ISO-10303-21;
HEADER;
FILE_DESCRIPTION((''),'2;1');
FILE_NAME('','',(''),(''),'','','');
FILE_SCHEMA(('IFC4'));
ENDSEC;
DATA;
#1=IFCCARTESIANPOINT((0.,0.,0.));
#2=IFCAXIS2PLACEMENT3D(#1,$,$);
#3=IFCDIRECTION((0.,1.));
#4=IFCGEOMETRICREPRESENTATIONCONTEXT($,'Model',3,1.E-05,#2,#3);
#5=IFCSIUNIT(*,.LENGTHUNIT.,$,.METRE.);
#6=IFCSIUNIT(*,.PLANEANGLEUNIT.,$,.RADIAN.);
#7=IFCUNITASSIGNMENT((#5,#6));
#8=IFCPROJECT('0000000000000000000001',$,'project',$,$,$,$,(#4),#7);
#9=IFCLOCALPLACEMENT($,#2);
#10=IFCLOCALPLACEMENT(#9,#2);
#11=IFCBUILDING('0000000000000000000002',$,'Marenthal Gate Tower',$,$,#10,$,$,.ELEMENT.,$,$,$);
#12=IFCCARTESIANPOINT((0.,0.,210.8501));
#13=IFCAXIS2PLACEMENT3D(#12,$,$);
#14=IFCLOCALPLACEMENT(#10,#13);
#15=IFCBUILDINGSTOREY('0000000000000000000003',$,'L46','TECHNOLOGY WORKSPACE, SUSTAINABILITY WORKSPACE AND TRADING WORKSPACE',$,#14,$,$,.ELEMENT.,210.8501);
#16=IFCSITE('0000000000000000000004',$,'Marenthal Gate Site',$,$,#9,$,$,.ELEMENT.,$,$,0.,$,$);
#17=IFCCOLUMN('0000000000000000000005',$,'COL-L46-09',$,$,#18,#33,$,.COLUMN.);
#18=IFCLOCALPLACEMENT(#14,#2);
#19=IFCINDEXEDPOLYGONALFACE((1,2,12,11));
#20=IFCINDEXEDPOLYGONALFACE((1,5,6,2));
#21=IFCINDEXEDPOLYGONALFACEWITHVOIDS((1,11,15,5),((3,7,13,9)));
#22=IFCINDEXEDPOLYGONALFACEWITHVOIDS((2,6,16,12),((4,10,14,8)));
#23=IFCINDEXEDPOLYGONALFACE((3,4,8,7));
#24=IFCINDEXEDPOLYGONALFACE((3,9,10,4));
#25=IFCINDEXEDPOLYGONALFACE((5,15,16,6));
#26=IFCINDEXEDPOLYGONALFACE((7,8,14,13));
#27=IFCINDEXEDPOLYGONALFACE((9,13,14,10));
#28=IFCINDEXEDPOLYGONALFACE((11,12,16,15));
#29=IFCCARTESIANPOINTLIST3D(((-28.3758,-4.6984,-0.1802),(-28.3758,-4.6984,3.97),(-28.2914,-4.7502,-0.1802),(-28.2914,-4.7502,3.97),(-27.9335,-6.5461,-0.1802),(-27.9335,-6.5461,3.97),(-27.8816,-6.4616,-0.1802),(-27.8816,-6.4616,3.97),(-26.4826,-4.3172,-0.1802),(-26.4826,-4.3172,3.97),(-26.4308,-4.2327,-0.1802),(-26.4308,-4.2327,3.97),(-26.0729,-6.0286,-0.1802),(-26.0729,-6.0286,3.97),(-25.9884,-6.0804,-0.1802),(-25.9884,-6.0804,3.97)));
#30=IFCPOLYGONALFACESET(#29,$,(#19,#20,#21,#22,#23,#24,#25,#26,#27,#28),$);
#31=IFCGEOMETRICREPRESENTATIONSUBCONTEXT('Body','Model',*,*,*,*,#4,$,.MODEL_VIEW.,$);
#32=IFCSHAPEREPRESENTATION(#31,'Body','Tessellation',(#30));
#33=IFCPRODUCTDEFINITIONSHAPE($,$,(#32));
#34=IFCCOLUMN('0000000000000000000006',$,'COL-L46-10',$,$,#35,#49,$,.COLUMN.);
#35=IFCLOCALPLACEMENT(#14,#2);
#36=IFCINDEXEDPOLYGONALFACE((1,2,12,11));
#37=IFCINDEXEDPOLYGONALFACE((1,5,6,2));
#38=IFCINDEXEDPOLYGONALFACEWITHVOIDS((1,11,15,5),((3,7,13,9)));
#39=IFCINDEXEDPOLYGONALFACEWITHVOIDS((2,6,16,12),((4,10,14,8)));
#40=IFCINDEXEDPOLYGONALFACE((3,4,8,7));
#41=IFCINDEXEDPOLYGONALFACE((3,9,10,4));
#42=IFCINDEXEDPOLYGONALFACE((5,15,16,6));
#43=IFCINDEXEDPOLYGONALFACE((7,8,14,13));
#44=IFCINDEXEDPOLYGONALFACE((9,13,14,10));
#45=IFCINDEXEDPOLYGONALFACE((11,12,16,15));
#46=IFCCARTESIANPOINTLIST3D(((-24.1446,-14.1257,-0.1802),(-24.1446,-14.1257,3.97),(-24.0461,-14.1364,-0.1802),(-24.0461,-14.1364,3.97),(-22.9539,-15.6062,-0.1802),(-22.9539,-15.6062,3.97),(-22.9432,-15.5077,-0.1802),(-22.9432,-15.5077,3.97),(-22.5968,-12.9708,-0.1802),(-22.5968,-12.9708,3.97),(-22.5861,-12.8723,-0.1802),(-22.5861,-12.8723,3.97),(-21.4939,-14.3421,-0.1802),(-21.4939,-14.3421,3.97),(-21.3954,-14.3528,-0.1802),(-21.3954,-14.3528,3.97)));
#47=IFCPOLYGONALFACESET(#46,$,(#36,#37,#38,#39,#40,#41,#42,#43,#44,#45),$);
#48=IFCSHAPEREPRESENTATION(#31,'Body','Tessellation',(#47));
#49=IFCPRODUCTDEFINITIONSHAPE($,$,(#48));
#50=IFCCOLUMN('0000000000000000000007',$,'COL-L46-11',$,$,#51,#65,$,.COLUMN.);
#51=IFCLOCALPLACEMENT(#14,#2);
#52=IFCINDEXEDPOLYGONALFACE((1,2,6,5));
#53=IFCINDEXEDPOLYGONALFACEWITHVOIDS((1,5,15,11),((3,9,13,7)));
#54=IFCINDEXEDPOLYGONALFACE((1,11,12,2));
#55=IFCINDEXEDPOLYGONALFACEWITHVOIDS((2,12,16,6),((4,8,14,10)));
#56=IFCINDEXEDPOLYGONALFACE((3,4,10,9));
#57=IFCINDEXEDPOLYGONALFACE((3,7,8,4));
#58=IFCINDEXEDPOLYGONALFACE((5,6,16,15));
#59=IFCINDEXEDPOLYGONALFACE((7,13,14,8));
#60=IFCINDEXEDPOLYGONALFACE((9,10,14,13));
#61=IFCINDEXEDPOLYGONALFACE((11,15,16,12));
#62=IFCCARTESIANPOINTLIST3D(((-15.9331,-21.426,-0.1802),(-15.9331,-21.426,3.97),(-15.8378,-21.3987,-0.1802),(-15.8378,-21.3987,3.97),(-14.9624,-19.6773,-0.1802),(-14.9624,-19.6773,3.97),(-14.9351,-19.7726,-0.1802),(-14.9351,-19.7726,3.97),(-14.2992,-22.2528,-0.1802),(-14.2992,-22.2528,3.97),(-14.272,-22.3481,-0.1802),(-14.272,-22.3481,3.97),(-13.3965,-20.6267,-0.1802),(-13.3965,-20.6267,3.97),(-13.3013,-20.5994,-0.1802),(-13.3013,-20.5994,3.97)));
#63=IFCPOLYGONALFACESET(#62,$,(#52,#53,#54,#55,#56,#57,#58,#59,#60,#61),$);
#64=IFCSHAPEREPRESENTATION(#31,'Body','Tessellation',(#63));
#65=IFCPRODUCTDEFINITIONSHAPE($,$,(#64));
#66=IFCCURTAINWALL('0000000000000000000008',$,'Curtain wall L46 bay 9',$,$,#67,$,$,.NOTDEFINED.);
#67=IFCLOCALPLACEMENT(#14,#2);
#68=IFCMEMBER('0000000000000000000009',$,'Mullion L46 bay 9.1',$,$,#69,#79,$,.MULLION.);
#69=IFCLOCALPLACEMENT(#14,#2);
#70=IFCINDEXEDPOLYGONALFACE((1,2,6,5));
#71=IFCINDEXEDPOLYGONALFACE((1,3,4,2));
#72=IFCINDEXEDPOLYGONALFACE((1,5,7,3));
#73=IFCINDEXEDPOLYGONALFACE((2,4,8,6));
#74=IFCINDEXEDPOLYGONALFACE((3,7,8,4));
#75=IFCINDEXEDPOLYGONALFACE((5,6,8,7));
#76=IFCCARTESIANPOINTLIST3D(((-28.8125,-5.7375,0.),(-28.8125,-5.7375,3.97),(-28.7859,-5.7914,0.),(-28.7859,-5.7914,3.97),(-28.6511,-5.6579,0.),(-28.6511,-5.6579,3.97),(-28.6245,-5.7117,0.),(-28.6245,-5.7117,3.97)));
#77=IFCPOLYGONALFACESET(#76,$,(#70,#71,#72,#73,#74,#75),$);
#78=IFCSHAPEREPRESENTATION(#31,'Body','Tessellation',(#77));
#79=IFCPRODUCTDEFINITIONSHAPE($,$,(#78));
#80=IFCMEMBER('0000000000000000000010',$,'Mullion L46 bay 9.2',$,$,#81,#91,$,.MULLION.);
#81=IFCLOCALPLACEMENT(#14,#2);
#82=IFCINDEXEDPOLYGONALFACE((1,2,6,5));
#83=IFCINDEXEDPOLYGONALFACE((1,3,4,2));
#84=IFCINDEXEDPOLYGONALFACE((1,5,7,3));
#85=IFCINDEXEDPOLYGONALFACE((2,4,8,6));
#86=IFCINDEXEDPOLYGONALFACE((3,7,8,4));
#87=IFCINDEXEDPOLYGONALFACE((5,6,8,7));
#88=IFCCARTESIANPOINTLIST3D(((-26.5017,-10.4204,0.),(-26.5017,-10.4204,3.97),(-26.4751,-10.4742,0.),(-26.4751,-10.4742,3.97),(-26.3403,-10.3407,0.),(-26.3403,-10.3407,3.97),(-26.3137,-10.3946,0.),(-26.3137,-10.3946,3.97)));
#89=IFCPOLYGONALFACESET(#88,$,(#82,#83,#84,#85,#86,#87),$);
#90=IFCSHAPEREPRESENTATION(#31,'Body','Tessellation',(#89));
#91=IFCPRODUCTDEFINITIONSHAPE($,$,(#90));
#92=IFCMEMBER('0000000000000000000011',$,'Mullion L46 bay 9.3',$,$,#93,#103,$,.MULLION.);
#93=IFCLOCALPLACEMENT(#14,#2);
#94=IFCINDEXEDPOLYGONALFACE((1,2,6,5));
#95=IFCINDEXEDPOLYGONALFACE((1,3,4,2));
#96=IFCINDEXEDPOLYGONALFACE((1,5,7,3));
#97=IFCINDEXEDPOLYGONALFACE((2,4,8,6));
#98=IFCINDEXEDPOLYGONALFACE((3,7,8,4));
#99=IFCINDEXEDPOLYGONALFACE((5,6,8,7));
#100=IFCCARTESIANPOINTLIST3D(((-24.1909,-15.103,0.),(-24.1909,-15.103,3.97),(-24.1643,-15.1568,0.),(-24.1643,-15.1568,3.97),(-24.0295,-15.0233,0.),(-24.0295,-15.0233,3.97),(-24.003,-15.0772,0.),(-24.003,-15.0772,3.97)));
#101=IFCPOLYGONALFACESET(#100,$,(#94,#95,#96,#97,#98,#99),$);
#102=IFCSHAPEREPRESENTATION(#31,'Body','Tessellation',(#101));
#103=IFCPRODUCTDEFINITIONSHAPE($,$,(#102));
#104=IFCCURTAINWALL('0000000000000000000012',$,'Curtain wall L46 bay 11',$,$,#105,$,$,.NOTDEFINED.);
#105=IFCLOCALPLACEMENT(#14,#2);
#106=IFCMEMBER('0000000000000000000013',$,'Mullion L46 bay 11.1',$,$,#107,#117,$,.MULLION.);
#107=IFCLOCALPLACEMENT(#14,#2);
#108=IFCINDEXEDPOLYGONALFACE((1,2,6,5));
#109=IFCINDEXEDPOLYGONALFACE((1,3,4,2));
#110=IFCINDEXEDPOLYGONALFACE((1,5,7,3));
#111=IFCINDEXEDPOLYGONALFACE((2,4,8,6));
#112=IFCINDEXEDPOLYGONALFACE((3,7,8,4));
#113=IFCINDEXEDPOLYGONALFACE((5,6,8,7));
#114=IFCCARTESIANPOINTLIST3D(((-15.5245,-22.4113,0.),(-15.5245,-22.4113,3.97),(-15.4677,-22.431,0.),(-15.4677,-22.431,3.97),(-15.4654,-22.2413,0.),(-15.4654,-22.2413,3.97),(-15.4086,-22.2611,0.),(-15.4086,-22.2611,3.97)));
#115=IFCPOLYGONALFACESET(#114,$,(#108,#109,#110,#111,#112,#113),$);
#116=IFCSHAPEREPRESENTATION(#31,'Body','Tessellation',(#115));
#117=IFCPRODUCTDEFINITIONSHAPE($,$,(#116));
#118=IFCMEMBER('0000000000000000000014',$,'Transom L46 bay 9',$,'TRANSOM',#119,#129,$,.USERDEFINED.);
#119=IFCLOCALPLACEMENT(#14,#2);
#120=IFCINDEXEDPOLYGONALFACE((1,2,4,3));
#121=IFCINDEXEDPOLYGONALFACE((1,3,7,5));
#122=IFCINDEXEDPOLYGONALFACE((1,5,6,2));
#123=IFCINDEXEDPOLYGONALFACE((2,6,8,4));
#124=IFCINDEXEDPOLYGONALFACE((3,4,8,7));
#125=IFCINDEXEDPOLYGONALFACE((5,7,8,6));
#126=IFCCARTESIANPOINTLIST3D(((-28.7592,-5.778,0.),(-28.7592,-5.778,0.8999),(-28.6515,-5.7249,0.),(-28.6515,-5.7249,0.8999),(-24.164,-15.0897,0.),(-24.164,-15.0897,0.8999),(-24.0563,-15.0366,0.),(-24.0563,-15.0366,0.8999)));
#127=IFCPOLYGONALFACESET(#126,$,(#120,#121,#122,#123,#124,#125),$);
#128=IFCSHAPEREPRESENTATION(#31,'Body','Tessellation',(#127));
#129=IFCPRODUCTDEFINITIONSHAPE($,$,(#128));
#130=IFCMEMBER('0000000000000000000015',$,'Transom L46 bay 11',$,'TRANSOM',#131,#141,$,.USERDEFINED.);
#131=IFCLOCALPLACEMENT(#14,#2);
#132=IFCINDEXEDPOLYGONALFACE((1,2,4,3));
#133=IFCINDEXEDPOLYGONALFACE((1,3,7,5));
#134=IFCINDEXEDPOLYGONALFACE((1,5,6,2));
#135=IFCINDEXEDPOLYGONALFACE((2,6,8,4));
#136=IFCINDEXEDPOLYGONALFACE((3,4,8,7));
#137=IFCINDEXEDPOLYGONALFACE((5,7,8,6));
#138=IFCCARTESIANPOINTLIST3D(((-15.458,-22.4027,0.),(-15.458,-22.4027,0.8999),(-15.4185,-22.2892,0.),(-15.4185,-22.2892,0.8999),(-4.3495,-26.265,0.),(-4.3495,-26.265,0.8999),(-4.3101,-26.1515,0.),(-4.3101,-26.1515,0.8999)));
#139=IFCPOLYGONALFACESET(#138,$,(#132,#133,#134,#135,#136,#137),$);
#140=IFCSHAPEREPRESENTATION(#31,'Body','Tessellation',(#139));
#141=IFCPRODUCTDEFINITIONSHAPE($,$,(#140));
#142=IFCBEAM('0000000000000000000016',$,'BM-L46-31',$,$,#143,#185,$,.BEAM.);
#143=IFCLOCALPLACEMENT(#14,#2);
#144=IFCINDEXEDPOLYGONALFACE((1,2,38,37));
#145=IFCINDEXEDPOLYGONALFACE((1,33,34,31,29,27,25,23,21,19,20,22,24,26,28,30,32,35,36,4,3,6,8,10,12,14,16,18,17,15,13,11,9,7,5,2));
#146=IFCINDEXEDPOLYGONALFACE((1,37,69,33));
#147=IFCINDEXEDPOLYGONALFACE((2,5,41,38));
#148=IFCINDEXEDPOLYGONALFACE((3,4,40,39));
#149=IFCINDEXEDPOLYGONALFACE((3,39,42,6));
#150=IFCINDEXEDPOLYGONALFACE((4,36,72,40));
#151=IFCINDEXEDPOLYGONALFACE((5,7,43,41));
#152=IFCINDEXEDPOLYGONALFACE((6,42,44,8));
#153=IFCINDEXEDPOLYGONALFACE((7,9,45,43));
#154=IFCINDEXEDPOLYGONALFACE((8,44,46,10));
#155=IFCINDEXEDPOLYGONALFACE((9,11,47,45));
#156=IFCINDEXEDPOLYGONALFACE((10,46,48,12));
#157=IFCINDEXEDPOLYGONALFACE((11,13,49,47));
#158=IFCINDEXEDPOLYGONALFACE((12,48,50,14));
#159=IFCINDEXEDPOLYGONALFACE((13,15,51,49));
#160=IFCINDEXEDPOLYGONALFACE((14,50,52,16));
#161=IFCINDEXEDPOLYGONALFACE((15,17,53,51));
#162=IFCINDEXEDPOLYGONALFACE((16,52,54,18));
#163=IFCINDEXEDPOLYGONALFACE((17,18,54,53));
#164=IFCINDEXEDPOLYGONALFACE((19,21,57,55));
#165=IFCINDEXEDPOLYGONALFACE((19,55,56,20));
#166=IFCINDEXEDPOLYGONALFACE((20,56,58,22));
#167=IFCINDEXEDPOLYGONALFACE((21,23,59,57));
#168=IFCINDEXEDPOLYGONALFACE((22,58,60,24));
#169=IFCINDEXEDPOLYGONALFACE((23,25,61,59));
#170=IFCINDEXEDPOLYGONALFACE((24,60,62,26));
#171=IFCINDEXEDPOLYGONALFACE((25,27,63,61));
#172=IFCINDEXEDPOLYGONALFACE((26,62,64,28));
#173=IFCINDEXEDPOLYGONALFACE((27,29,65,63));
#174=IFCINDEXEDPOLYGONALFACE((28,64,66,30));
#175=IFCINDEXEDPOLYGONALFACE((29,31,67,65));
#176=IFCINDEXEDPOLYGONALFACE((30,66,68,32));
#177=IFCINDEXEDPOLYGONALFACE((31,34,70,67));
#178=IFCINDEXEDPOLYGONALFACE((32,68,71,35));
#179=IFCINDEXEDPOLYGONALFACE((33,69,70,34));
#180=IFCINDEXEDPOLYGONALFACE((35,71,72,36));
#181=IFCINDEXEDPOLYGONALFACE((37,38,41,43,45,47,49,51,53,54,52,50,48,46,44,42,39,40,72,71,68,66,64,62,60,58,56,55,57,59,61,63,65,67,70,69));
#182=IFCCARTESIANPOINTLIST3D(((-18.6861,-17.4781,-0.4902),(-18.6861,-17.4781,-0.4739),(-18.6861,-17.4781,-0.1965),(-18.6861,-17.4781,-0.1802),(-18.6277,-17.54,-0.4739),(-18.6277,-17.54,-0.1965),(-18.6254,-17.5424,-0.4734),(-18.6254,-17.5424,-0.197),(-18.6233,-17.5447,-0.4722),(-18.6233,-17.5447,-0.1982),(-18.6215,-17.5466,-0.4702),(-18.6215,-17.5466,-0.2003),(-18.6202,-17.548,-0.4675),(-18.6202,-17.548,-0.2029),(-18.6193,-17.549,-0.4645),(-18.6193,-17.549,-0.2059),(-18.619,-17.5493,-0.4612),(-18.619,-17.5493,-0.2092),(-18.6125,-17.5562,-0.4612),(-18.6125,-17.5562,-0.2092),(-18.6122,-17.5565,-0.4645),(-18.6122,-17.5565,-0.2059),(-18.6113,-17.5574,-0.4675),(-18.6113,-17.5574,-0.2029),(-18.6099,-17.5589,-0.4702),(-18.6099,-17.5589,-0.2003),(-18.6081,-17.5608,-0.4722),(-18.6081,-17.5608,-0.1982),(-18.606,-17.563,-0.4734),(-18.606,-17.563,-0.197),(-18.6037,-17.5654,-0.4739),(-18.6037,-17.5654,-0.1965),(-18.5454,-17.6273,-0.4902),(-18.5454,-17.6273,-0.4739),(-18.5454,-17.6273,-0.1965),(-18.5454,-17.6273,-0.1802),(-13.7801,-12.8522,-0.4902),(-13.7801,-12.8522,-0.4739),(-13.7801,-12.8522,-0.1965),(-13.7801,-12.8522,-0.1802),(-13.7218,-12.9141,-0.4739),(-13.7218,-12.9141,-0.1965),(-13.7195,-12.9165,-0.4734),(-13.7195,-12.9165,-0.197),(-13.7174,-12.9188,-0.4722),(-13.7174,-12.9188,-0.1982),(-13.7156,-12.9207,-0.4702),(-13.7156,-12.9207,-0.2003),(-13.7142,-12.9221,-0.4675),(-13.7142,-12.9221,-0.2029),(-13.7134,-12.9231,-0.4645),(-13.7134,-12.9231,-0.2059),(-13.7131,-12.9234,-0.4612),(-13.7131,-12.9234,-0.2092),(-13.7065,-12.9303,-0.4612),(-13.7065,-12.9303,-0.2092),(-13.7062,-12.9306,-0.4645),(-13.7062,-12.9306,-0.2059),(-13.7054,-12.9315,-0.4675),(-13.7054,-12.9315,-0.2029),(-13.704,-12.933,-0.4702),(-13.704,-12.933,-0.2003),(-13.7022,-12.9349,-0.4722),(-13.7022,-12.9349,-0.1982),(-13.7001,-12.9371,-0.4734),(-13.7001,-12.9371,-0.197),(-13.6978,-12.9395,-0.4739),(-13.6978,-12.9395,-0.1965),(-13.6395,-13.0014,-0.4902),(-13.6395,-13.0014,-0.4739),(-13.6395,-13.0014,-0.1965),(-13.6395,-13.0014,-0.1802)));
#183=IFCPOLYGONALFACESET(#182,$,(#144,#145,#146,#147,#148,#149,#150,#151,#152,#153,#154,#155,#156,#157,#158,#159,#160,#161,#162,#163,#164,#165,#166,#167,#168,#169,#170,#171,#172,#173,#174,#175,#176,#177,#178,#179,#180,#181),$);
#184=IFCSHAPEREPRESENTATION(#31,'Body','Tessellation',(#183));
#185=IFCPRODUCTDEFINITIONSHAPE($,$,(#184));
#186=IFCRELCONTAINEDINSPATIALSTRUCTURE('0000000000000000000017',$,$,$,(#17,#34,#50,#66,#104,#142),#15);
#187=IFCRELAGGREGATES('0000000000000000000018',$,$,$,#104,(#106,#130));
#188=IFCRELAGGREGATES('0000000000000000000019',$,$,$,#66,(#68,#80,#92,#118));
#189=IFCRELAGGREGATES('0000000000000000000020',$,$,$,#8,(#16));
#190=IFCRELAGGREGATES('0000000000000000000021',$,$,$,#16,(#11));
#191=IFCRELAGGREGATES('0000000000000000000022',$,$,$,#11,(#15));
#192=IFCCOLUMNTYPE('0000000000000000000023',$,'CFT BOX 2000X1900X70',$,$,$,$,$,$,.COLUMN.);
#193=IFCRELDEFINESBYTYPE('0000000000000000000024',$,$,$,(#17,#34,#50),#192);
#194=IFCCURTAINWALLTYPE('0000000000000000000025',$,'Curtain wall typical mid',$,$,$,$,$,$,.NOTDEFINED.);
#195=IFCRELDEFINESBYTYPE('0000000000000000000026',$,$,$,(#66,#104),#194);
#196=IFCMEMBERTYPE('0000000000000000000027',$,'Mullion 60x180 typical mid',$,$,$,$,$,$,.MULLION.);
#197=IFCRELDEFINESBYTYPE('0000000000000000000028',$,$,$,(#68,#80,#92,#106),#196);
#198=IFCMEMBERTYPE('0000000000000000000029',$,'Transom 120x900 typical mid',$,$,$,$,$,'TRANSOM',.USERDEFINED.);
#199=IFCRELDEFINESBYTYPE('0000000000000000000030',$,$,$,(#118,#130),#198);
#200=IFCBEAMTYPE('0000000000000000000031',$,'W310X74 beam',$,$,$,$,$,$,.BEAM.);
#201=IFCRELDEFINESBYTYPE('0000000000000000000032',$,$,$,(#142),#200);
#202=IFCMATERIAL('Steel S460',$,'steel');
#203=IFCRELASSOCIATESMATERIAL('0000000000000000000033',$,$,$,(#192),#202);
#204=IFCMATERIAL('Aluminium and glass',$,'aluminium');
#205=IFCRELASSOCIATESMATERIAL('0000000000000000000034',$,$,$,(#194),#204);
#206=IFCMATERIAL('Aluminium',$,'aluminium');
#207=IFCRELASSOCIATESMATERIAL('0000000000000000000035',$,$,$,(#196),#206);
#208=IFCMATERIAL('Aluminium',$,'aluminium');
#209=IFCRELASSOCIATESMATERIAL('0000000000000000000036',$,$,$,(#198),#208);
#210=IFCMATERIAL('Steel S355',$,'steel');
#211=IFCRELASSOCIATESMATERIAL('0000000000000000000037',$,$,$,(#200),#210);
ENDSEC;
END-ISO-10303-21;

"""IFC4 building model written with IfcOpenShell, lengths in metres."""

from ifc_helpers import new_model, si_unit, direction, frame, origin, origin_2d, place, context, subcontext, project, spatial, rectangle, hollow_rectangle, i_section, extrude, material, material_profile, profile_set, type_object, element, aggregate, save


model = new_model("IFC4")

# Units and contexts
model_context = context("Model", 3, precision=1e-05, world=origin(), true_north=direction((0.0, 1.0)))
body_context = subcontext(model_context, "Body", "Model", "MODEL_VIEW")
ifc_project = project(units=[si_unit("LENGTHUNIT", "METRE"), si_unit("PLANEANGLEUNIT", "RADIAN")], contexts=[model_context])

# Site, building, storey
site_placement = place(None, origin())
site = spatial("IfcSite", under=ifc_project, at=site_placement, Name="Marenthal Gate Site", CompositionType="ELEMENT", RefElevation=0.0)
building_placement = place(site_placement, origin())
building = spatial("IfcBuilding", under=site, at=building_placement, Name="Marenthal Gate Tower", CompositionType="ELEMENT")
storey_placement = place(building_placement, frame((0.0, 0.0, 210.8501)))
storey = spatial("IfcBuildingStorey", under=building, at=storey_placement, Name="L46", Description="TECHNOLOGY WORKSPACE, SUSTAINABILITY WORKSPACE AND TRADING WORKSPACE", CompositionType="ELEMENT", Elevation=210.8501)

# Columns
ifc_material_1 = material(Name="Steel S460", Category="steel")
ifc_material_profile_1 = material_profile(ifc_material_1, hollow_rectangle(XDim=1.8999, YDim=2.0, WallThickness=0.0701, at=origin_2d()), Name="CFT BOX 2000X1900X70")
ifc_material_2 = material(Name="Concrete 70 MPa", Category="concrete")
ifc_material_profile_2 = material_profile(ifc_material_2, rectangle(XDim=1.76, YDim=1.8601, at=origin_2d()), Name="CFT BOX 2000X1900X70 INFILL")
ifc_profile_set_1 = profile_set([ifc_material_profile_1, ifc_material_profile_2], Name="Steel S460 shell, Concrete 70 MPa infill")
column_type = type_object("IfcColumnType", Name="CFT BOX 2000X1900X70", PredefinedType="COLUMN", material=ifc_profile_set_1)
for number, where, z_axis, x_axis, name in (
    (1, (-27.1821, -5.3894, -0.1802), (0.0, 0.0, 1.0), (-0.232843, 0.972514, 0.0), "COL-L46-09"),
    (2, (-22.77, -14.2393, -0.1802), (0.0, 0.0, 1.0), (-0.626719, 0.779245, 0.0), "COL-L46-10"),
    (3, (-14.6172, -21.0127, -0.1802), (0.0, 0.0, 1.0), (-0.874319, 0.485351, 0.0), "COL-L46-11"),
):
    element("IfcColumn", number, at=place(storey_placement, frame(where, z_axis=z_axis, x_axis=x_axis)), inside=storey, type_object=column_type, Name=name, PredefinedType="COLUMN", context=body_context, shape_type="SweptSolid", body=[
        extrude(hollow_rectangle(XDim=1.8999, YDim=2.0, WallThickness=0.0701, at=origin_2d()), origin(), (0.0, 0.0, 1.0), 4.1501),
    ])

# Curtain wall, members
ifc_material_3 = material(Name="Aluminium and glass", Category="aluminium")
curtain_wall_type = type_object("IfcCurtainWallType", Name="Curtain wall typical mid", PredefinedType="NOTDEFINED", material=ifc_material_3)
curtain_wall_1_placement = place(storey_placement, origin())
curtain_wall_1 = element("IfcCurtainWall", 4, at=curtain_wall_1_placement, inside=storey, type_object=curtain_wall_type, Name="Curtain wall L46 bay 9", PredefinedType="NOTDEFINED")
ifc_material_4 = material(Name="Aluminium", Category="aluminium")
ifc_material_profile_3 = material_profile(ifc_material_4, rectangle(XDim=0.1799, YDim=0.0601, at=origin_2d()), Name="60x180 aluminium mullion")
ifc_profile_set_2 = profile_set([ifc_material_profile_3], Name="Aluminium")
member_type_1 = type_object("IfcMemberType", Name="Mullion 60x180 typical mid", PredefinedType="MULLION", material=ifc_profile_set_2)
member_1_placement = place(storey_placement, frame((-28.7185, -5.7246, 0.0), z_axis=(0.0, 0.0, 1.0), x_axis=(0.896757, 0.442523, 0.0)))
member_1 = element("IfcMember", 5, at=member_1_placement, type_object=member_type_1, Name="Mullion L46 bay 9.1", PredefinedType="MULLION", context=body_context, shape_type="SweptSolid", body=[
    extrude(rectangle(XDim=0.1799, YDim=0.0601, at=origin_2d()), origin(), (0.0, 0.0, 1.0), 3.97),
])
member_2_placement = place(storey_placement, frame((-26.4077, -10.4075, 0.0), z_axis=(0.0, 0.0, 1.0), x_axis=(0.896757, 0.442523, 0.0)))
member_2 = element("IfcMember", 6, at=member_2_placement, type_object=member_type_1, Name="Mullion L46 bay 9.2", PredefinedType="MULLION", context=body_context, shape_type="SweptSolid", body=[
    extrude(rectangle(XDim=0.1799, YDim=0.0601, at=origin_2d()), origin(), (0.0, 0.0, 1.0), 3.97),
])
member_3_placement = place(storey_placement, frame((-24.0969, -15.0901, 0.0), z_axis=(0.0, 0.0, 1.0), x_axis=(0.896757, 0.442523, 0.0)))
member_3 = element("IfcMember", 7, at=member_3_placement, type_object=member_type_1, Name="Mullion L46 bay 9.3", PredefinedType="MULLION", context=body_context, shape_type="SweptSolid", body=[
    extrude(rectangle(XDim=0.1799, YDim=0.0601, at=origin_2d()), origin(), (0.0, 0.0, 1.0), 3.97),
])

# Curtain wall, member
curtain_wall_2_placement = place(storey_placement, origin())
curtain_wall_2 = element("IfcCurtainWall", 8, at=curtain_wall_2_placement, inside=storey, type_object=curtain_wall_type, Name="Curtain wall L46 bay 11", PredefinedType="NOTDEFINED")
member_4_placement = place(storey_placement, frame((-15.4666, -22.3362, 0.0), z_axis=(0.0, 0.0, 1.0), x_axis=(0.3284, 0.944539, 0.0)))
member_4 = element("IfcMember", 9, at=member_4_placement, type_object=member_type_1, Name="Mullion L46 bay 11.1", PredefinedType="MULLION", context=body_context, shape_type="SweptSolid", body=[
    extrude(rectangle(XDim=0.1799, YDim=0.0601, at=origin_2d()), origin(), (0.0, 0.0, 1.0), 3.97),
])

# Members
ifc_material_5 = material(Name="Aluminium", Category="aluminium")
ifc_material_profile_4 = material_profile(ifc_material_5, rectangle(XDim=0.1201, YDim=0.8999, at=origin_2d()), Name="120x900 aluminium transom")
ifc_profile_set_3 = profile_set([ifc_material_profile_4], Name="Aluminium")
member_type_2 = type_object("IfcMemberType", Name="Transom 120x900 typical mid", ElementType="TRANSOM", PredefinedType="USERDEFINED", material=ifc_profile_set_3)
member_5_placement = place(storey_placement, frame((-28.7053, -5.7515, 0.45), z_axis=(0.442533, -0.896752, 0.0), x_axis=(0.896752, 0.442533, 0.0)))
member_5 = element("IfcMember", 10, at=member_5_placement, type_object=member_type_2, Name="Transom L46 bay 9", ObjectType="TRANSOM", PredefinedType="USERDEFINED", context=body_context, shape_type="SweptSolid", body=[
    extrude(rectangle(XDim=0.1201, YDim=0.8999, at=origin_2d()), origin(), (0.0, 0.0, 1.0), 10.3838),
])
member_6_placement = place(storey_placement, frame((-15.4382, -22.3459, 0.45), z_axis=(0.944536, -0.328408, 0.0), x_axis=(0.328408, 0.944536, 0.0)))
member_6 = element("IfcMember", 11, at=member_6_placement, type_object=member_type_2, Name="Transom L46 bay 11", ObjectType="TRANSOM", PredefinedType="USERDEFINED", context=body_context, shape_type="SweptSolid", body=[
    extrude(rectangle(XDim=0.1201, YDim=0.8999, at=origin_2d()), origin(), (0.0, 0.0, 1.0), 11.7607),
])
aggregate(curtain_wall_2, [member_4, member_6])

# Beam
ifc_material_6 = material(Name="Steel S355", Category="steel")
ifc_material_profile_5 = material_profile(ifc_material_6, i_section(OverallWidth=0.2051, OverallDepth=0.3101, WebThickness=0.0095, FlangeThickness=0.0164, FilletRadius=0.0127, at=origin_2d()), Name="W310X74")
ifc_profile_set_4 = profile_set([ifc_material_profile_5], Name="Steel S355")
beam_type_1 = type_object("IfcBeamType", Name="W310X74 beam", PredefinedType="BEAM", material=ifc_profile_set_4)
beam_1_placement = place(storey_placement, frame((-18.6157, -17.5527, -0.3352), z_axis=(0.727566, 0.686038, 0.0), x_axis=(-0.686038, 0.727566, 0.0)))
element("IfcBeam", 12, at=beam_1_placement, inside=storey, type_object=beam_type_1, Name="BM-L46-31", PredefinedType="BEAM", context=body_context, shape_type="SweptSolid", body=[
    extrude(i_section(OverallWidth=0.2051, OverallDepth=0.3101, WebThickness=0.0095, FlangeThickness=0.0164, FilletRadius=0.0127, at=origin_2d()), origin(), (0.0, 0.0, 1.0), 6.7429),
])

aggregate(curtain_wall_1, [member_1, member_2, member_3, member_5])

save(model, "model.ifc")
